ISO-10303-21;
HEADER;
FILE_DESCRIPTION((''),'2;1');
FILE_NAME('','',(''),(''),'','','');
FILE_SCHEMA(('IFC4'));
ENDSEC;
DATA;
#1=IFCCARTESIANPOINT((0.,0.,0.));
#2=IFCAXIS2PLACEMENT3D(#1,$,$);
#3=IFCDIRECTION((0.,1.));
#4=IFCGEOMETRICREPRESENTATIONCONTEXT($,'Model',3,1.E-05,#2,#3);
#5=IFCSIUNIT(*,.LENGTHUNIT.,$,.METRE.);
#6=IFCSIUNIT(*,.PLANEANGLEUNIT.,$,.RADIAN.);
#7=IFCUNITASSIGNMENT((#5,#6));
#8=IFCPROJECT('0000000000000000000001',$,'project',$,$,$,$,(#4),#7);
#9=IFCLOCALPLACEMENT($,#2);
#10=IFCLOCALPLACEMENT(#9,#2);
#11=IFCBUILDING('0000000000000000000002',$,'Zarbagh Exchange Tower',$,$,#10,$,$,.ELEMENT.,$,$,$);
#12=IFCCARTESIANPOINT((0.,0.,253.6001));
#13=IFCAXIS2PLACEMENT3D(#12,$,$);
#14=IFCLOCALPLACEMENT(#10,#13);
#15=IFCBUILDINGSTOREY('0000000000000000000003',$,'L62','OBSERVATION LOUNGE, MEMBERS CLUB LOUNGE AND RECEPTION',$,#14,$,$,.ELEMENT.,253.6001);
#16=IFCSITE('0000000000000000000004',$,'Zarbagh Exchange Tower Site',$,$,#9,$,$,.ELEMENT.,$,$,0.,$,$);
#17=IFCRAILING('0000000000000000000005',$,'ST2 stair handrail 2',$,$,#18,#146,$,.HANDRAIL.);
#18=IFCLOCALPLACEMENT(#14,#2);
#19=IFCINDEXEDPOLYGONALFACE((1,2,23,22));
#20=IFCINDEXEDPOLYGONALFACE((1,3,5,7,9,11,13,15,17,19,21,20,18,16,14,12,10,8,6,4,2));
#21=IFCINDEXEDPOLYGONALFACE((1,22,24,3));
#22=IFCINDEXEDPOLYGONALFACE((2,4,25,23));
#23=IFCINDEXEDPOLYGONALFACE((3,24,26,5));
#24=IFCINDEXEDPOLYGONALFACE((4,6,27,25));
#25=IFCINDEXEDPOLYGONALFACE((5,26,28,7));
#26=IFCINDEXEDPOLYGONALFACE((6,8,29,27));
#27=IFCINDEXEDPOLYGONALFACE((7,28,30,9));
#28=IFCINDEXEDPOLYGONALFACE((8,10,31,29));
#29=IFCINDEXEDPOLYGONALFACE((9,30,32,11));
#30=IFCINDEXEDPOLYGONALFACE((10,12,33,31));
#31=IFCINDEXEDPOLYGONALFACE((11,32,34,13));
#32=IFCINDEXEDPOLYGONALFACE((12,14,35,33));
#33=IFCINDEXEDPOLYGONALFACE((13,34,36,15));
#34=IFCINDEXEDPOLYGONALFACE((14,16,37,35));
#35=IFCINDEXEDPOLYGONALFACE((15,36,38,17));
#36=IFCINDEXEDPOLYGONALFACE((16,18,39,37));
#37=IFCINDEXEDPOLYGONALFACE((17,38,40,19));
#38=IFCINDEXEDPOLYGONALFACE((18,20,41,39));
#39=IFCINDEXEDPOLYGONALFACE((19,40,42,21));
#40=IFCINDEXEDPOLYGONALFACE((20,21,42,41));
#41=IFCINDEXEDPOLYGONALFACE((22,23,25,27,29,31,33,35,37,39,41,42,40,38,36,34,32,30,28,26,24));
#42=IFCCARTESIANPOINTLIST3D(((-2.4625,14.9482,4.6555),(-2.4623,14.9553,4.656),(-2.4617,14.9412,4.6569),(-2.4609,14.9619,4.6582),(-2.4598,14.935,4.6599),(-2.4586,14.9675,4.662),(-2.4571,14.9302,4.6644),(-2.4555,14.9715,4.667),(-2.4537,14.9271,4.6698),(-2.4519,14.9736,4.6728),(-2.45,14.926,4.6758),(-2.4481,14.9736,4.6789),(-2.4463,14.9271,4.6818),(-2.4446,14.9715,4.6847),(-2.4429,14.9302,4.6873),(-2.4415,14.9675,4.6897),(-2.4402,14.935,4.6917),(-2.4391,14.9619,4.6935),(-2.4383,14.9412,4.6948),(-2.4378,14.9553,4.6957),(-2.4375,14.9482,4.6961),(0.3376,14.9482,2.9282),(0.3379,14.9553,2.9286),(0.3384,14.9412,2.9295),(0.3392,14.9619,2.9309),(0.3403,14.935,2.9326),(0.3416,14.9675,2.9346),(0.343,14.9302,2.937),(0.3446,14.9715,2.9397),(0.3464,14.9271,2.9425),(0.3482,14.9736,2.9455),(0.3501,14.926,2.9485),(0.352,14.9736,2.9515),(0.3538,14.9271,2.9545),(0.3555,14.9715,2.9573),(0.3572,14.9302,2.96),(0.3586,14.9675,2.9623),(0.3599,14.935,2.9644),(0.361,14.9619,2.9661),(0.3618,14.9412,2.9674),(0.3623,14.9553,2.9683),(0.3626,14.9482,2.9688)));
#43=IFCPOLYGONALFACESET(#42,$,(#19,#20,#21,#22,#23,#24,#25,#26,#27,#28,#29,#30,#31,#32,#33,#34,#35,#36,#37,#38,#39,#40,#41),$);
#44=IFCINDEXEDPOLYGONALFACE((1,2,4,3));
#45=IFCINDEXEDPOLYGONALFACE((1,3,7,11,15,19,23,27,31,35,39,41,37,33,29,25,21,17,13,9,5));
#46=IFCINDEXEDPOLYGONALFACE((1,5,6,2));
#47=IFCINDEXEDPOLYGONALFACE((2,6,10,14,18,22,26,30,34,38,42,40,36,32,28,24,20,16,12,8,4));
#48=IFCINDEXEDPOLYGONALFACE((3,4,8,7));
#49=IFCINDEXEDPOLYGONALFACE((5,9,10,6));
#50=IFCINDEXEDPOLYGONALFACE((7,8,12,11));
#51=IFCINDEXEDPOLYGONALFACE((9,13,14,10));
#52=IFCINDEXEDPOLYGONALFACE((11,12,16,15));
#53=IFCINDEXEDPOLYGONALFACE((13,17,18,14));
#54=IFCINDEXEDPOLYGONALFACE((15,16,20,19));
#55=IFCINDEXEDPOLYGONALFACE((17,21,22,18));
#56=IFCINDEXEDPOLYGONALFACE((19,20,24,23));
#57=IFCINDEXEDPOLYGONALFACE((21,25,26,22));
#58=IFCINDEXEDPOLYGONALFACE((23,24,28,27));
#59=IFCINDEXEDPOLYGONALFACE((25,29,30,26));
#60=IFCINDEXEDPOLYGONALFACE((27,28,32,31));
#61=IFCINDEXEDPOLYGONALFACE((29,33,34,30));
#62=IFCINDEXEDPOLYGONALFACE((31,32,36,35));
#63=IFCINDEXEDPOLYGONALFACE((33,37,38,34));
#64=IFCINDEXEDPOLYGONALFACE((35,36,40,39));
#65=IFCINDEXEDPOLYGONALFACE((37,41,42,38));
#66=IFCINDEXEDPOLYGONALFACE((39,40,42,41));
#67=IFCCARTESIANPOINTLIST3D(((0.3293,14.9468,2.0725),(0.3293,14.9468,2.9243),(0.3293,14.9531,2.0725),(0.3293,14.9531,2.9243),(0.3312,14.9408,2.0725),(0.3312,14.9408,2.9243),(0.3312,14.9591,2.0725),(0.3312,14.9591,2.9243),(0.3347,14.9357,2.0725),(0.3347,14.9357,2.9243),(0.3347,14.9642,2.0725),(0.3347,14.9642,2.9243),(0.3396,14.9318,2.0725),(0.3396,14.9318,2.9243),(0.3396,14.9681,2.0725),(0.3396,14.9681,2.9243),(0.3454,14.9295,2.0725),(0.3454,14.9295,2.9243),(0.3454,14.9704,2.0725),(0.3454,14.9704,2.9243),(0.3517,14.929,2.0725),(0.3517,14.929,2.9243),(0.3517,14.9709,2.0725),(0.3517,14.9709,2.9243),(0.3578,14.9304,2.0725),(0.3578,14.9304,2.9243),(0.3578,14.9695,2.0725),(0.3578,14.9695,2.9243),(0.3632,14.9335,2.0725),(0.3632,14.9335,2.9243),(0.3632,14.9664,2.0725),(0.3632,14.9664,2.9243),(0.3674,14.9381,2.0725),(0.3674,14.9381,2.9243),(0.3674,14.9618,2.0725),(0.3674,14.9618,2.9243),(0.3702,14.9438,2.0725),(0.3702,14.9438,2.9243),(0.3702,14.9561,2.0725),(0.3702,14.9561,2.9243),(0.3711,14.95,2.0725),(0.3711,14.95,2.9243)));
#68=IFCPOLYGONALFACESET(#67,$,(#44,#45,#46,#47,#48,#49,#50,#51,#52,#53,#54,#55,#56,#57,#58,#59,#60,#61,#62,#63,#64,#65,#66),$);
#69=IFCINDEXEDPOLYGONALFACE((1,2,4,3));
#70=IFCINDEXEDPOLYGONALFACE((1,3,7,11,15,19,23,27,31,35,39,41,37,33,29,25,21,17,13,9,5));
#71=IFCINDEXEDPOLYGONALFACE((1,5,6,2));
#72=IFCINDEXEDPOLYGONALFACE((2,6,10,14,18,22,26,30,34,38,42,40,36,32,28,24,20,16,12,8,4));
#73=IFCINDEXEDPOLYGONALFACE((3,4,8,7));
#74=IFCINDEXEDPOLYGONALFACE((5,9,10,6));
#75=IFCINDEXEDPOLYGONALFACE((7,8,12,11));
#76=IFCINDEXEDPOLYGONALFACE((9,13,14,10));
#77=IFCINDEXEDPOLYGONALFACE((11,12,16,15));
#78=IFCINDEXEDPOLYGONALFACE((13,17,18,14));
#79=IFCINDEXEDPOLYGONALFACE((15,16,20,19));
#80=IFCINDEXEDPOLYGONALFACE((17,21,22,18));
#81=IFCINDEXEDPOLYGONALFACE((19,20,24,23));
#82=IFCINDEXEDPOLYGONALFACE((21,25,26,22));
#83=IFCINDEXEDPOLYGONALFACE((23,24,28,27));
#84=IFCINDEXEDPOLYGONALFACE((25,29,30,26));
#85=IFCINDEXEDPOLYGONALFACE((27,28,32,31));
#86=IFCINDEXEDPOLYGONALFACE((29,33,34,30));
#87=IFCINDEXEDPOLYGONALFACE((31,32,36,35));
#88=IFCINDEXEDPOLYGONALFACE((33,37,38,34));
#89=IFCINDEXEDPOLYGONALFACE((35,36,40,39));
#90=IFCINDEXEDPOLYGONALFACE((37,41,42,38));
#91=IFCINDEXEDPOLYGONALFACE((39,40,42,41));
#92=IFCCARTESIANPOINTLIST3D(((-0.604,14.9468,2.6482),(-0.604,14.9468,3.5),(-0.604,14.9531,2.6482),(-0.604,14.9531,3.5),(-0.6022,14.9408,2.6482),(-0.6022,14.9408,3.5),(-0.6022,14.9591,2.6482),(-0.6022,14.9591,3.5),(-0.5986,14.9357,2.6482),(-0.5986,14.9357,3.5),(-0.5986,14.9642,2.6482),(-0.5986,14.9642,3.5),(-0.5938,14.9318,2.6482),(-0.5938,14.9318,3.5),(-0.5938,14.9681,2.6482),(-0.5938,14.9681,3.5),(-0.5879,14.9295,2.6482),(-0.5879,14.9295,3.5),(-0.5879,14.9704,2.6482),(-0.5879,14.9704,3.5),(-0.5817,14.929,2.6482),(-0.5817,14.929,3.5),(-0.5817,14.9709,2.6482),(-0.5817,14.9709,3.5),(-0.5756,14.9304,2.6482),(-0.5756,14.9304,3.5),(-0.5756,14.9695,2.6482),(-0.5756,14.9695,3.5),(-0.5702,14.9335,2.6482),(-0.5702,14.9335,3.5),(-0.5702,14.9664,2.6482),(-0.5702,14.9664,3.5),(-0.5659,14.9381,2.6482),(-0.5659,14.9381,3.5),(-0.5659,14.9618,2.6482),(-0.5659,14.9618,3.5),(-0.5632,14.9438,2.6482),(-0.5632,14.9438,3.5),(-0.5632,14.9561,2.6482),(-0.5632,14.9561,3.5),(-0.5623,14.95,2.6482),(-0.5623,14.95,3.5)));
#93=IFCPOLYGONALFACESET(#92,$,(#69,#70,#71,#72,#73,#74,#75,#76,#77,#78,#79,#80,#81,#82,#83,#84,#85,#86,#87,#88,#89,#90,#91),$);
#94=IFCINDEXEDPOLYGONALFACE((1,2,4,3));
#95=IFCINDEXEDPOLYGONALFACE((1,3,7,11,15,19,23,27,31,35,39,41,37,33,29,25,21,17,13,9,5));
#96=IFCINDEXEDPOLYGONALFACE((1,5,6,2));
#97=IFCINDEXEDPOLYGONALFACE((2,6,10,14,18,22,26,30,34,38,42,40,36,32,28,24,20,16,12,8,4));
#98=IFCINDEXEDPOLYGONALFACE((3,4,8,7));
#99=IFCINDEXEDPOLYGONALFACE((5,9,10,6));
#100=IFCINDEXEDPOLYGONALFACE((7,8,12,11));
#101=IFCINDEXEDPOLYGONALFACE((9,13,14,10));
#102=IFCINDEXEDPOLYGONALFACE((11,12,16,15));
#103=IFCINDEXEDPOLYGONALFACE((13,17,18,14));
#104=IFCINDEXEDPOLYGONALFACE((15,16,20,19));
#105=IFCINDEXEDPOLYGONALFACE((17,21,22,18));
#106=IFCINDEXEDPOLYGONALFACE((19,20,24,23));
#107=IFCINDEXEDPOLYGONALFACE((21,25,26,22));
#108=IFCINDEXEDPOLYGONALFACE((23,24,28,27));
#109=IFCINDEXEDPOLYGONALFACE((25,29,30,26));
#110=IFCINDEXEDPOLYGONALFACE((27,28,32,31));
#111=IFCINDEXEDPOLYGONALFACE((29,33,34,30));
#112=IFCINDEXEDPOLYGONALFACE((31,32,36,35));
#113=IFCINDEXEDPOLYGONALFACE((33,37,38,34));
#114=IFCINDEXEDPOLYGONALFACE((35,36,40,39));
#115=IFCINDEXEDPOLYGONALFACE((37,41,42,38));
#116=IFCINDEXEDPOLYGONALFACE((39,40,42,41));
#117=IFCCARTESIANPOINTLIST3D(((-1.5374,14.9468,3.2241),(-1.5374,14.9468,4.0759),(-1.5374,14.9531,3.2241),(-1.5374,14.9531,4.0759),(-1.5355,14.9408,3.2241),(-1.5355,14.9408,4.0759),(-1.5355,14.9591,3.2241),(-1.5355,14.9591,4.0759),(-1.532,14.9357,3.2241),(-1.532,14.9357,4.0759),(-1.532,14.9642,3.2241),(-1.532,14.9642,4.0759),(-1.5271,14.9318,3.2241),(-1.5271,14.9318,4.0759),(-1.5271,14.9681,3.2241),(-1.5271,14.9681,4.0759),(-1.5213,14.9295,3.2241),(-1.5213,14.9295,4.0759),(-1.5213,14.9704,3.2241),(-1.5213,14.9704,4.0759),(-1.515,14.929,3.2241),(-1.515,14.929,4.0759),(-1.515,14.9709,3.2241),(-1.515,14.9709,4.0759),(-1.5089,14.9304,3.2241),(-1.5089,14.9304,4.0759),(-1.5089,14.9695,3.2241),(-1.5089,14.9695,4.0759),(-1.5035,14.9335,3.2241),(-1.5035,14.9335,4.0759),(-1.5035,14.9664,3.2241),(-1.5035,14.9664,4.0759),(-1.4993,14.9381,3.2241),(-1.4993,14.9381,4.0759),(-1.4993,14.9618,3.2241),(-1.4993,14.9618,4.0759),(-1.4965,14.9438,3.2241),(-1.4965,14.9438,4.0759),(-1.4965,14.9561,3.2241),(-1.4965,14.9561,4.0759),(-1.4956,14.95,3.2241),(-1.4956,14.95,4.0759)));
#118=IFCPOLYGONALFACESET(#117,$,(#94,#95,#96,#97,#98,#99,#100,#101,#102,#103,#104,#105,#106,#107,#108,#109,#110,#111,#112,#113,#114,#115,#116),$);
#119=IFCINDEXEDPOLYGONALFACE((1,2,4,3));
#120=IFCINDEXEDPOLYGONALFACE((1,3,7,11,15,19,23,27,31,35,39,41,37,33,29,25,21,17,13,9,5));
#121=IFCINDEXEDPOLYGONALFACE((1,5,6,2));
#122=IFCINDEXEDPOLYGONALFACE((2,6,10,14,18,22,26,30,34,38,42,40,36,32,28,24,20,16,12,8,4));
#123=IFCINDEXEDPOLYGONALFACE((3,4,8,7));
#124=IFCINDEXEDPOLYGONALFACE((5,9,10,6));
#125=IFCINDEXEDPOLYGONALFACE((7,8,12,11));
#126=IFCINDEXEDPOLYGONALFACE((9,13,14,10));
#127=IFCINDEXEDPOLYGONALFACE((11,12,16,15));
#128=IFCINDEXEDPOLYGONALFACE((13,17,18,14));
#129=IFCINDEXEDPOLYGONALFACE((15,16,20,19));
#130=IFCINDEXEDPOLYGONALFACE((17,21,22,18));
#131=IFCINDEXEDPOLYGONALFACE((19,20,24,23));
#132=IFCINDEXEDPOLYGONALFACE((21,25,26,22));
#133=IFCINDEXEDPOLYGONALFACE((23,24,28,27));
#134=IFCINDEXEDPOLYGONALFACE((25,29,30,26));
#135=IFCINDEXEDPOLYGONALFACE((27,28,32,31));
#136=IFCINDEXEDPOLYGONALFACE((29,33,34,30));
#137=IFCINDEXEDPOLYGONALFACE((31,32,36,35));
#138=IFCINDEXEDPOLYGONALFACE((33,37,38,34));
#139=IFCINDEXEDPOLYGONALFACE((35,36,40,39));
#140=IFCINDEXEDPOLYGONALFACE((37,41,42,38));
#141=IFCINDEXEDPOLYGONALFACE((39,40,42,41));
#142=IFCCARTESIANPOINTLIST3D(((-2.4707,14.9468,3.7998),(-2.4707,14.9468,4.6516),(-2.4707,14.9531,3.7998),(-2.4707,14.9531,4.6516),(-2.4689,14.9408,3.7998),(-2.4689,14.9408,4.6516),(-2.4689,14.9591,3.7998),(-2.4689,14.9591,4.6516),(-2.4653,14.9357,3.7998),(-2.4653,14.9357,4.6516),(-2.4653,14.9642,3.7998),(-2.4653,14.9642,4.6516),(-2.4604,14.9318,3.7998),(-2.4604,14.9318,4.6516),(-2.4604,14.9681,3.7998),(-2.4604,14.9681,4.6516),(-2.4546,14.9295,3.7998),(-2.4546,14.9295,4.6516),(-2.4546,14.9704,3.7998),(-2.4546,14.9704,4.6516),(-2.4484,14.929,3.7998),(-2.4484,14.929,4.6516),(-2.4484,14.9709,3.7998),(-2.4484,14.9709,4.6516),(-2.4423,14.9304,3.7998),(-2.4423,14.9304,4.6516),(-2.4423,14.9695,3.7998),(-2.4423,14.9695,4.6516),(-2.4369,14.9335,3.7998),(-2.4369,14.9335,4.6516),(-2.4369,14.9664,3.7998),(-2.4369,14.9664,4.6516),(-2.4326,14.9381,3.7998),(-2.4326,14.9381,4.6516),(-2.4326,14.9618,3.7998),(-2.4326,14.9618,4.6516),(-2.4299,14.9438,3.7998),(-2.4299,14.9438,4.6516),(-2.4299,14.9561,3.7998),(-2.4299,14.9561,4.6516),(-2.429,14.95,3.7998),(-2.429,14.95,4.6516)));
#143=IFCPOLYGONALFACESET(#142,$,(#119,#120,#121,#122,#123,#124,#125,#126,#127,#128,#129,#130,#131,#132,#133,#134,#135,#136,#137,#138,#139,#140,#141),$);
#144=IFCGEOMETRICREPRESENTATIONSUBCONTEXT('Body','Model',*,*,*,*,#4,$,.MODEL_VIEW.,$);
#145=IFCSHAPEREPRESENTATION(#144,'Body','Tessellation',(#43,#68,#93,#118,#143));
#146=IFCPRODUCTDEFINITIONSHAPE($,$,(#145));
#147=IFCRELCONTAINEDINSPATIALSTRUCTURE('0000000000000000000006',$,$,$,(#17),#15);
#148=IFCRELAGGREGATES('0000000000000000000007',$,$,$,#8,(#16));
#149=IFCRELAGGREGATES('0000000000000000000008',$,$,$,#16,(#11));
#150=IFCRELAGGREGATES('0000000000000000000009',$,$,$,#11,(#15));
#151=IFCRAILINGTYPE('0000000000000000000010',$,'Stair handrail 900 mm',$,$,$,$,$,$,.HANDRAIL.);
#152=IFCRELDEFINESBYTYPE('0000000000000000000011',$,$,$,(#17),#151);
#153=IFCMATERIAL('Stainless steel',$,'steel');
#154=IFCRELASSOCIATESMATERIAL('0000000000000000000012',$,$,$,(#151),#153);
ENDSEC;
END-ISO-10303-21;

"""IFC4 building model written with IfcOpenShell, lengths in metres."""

from ifc_helpers import new_model, si_unit, direction, frame, origin, origin_2d, place, context, subcontext, project, spatial, circle, extrude, material, type_object, element, save


model = new_model("IFC4")

# Units and contexts
model_context = context("Model", 3, precision=1e-05, world=origin(), true_north=direction((0.0, 1.0)))
body_context = subcontext(model_context, "Body", "Model", "MODEL_VIEW")
ifc_project = project(units=[si_unit("LENGTHUNIT", "METRE"), si_unit("PLANEANGLEUNIT", "RADIAN")], contexts=[model_context])

# Site, building, storey
site_placement = place(None, origin())
site = spatial("IfcSite", under=ifc_project, at=site_placement, Name="Zarbagh Exchange Tower Site", CompositionType="ELEMENT", RefElevation=0.0)
building_placement = place(site_placement, origin())
building = spatial("IfcBuilding", under=site, at=building_placement, Name="Zarbagh Exchange Tower", CompositionType="ELEMENT")
storey_placement = place(building_placement, frame((0.0, 0.0, 253.6001)))
storey = spatial("IfcBuildingStorey", under=building, at=storey_placement, Name="L62", Description="OBSERVATION LOUNGE, MEMBERS CLUB LOUNGE AND RECEPTION", CompositionType="ELEMENT", Elevation=253.6001)

# Railing
ifc_material_1 = material(Name="Stainless steel", Category="steel")
railing_type_1 = type_object("IfcRailingType", Name="Stair handrail 900 mm", PredefinedType="HANDRAIL", material=ifc_material_1)
railing_1_placement = place(storey_placement, frame((0.3501, 14.95, 2.0725)))
element("IfcRailing", 1, at=railing_1_placement, inside=storey, type_object=railing_type_1, Name="ST2 stair handrail 2", PredefinedType="HANDRAIL", context=body_context, shape_type="SweptSolid", body=[
    extrude(circle(Radius=0.0239, at=origin_2d()), frame((0.0, 0.0, 0.876), z_axis=(-0.85109, 0.0, 0.52502), x_axis=(0.0, -1.0, 0.0)), (0.0, 0.0, 1.0), 3.29),
    extrude(circle(Radius=0.021, at=origin_2d()), origin(), (0.0, 0.0, 1.0), 0.8518),
    extrude(circle(Radius=0.021, at=origin_2d()), frame((-0.9333, 0.0, 0.5757)), (0.0, 0.0, 1.0), 0.8518),
    extrude(circle(Radius=0.021, at=origin_2d()), frame((-1.8667, 0.0, 1.1516)), (0.0, 0.0, 1.0), 0.8518),
    extrude(circle(Radius=0.021, at=origin_2d()), frame((-2.8, 0.0, 1.7273)), (0.0, 0.0, 1.0), 0.8518),
])

save(model, "model.ifc")
